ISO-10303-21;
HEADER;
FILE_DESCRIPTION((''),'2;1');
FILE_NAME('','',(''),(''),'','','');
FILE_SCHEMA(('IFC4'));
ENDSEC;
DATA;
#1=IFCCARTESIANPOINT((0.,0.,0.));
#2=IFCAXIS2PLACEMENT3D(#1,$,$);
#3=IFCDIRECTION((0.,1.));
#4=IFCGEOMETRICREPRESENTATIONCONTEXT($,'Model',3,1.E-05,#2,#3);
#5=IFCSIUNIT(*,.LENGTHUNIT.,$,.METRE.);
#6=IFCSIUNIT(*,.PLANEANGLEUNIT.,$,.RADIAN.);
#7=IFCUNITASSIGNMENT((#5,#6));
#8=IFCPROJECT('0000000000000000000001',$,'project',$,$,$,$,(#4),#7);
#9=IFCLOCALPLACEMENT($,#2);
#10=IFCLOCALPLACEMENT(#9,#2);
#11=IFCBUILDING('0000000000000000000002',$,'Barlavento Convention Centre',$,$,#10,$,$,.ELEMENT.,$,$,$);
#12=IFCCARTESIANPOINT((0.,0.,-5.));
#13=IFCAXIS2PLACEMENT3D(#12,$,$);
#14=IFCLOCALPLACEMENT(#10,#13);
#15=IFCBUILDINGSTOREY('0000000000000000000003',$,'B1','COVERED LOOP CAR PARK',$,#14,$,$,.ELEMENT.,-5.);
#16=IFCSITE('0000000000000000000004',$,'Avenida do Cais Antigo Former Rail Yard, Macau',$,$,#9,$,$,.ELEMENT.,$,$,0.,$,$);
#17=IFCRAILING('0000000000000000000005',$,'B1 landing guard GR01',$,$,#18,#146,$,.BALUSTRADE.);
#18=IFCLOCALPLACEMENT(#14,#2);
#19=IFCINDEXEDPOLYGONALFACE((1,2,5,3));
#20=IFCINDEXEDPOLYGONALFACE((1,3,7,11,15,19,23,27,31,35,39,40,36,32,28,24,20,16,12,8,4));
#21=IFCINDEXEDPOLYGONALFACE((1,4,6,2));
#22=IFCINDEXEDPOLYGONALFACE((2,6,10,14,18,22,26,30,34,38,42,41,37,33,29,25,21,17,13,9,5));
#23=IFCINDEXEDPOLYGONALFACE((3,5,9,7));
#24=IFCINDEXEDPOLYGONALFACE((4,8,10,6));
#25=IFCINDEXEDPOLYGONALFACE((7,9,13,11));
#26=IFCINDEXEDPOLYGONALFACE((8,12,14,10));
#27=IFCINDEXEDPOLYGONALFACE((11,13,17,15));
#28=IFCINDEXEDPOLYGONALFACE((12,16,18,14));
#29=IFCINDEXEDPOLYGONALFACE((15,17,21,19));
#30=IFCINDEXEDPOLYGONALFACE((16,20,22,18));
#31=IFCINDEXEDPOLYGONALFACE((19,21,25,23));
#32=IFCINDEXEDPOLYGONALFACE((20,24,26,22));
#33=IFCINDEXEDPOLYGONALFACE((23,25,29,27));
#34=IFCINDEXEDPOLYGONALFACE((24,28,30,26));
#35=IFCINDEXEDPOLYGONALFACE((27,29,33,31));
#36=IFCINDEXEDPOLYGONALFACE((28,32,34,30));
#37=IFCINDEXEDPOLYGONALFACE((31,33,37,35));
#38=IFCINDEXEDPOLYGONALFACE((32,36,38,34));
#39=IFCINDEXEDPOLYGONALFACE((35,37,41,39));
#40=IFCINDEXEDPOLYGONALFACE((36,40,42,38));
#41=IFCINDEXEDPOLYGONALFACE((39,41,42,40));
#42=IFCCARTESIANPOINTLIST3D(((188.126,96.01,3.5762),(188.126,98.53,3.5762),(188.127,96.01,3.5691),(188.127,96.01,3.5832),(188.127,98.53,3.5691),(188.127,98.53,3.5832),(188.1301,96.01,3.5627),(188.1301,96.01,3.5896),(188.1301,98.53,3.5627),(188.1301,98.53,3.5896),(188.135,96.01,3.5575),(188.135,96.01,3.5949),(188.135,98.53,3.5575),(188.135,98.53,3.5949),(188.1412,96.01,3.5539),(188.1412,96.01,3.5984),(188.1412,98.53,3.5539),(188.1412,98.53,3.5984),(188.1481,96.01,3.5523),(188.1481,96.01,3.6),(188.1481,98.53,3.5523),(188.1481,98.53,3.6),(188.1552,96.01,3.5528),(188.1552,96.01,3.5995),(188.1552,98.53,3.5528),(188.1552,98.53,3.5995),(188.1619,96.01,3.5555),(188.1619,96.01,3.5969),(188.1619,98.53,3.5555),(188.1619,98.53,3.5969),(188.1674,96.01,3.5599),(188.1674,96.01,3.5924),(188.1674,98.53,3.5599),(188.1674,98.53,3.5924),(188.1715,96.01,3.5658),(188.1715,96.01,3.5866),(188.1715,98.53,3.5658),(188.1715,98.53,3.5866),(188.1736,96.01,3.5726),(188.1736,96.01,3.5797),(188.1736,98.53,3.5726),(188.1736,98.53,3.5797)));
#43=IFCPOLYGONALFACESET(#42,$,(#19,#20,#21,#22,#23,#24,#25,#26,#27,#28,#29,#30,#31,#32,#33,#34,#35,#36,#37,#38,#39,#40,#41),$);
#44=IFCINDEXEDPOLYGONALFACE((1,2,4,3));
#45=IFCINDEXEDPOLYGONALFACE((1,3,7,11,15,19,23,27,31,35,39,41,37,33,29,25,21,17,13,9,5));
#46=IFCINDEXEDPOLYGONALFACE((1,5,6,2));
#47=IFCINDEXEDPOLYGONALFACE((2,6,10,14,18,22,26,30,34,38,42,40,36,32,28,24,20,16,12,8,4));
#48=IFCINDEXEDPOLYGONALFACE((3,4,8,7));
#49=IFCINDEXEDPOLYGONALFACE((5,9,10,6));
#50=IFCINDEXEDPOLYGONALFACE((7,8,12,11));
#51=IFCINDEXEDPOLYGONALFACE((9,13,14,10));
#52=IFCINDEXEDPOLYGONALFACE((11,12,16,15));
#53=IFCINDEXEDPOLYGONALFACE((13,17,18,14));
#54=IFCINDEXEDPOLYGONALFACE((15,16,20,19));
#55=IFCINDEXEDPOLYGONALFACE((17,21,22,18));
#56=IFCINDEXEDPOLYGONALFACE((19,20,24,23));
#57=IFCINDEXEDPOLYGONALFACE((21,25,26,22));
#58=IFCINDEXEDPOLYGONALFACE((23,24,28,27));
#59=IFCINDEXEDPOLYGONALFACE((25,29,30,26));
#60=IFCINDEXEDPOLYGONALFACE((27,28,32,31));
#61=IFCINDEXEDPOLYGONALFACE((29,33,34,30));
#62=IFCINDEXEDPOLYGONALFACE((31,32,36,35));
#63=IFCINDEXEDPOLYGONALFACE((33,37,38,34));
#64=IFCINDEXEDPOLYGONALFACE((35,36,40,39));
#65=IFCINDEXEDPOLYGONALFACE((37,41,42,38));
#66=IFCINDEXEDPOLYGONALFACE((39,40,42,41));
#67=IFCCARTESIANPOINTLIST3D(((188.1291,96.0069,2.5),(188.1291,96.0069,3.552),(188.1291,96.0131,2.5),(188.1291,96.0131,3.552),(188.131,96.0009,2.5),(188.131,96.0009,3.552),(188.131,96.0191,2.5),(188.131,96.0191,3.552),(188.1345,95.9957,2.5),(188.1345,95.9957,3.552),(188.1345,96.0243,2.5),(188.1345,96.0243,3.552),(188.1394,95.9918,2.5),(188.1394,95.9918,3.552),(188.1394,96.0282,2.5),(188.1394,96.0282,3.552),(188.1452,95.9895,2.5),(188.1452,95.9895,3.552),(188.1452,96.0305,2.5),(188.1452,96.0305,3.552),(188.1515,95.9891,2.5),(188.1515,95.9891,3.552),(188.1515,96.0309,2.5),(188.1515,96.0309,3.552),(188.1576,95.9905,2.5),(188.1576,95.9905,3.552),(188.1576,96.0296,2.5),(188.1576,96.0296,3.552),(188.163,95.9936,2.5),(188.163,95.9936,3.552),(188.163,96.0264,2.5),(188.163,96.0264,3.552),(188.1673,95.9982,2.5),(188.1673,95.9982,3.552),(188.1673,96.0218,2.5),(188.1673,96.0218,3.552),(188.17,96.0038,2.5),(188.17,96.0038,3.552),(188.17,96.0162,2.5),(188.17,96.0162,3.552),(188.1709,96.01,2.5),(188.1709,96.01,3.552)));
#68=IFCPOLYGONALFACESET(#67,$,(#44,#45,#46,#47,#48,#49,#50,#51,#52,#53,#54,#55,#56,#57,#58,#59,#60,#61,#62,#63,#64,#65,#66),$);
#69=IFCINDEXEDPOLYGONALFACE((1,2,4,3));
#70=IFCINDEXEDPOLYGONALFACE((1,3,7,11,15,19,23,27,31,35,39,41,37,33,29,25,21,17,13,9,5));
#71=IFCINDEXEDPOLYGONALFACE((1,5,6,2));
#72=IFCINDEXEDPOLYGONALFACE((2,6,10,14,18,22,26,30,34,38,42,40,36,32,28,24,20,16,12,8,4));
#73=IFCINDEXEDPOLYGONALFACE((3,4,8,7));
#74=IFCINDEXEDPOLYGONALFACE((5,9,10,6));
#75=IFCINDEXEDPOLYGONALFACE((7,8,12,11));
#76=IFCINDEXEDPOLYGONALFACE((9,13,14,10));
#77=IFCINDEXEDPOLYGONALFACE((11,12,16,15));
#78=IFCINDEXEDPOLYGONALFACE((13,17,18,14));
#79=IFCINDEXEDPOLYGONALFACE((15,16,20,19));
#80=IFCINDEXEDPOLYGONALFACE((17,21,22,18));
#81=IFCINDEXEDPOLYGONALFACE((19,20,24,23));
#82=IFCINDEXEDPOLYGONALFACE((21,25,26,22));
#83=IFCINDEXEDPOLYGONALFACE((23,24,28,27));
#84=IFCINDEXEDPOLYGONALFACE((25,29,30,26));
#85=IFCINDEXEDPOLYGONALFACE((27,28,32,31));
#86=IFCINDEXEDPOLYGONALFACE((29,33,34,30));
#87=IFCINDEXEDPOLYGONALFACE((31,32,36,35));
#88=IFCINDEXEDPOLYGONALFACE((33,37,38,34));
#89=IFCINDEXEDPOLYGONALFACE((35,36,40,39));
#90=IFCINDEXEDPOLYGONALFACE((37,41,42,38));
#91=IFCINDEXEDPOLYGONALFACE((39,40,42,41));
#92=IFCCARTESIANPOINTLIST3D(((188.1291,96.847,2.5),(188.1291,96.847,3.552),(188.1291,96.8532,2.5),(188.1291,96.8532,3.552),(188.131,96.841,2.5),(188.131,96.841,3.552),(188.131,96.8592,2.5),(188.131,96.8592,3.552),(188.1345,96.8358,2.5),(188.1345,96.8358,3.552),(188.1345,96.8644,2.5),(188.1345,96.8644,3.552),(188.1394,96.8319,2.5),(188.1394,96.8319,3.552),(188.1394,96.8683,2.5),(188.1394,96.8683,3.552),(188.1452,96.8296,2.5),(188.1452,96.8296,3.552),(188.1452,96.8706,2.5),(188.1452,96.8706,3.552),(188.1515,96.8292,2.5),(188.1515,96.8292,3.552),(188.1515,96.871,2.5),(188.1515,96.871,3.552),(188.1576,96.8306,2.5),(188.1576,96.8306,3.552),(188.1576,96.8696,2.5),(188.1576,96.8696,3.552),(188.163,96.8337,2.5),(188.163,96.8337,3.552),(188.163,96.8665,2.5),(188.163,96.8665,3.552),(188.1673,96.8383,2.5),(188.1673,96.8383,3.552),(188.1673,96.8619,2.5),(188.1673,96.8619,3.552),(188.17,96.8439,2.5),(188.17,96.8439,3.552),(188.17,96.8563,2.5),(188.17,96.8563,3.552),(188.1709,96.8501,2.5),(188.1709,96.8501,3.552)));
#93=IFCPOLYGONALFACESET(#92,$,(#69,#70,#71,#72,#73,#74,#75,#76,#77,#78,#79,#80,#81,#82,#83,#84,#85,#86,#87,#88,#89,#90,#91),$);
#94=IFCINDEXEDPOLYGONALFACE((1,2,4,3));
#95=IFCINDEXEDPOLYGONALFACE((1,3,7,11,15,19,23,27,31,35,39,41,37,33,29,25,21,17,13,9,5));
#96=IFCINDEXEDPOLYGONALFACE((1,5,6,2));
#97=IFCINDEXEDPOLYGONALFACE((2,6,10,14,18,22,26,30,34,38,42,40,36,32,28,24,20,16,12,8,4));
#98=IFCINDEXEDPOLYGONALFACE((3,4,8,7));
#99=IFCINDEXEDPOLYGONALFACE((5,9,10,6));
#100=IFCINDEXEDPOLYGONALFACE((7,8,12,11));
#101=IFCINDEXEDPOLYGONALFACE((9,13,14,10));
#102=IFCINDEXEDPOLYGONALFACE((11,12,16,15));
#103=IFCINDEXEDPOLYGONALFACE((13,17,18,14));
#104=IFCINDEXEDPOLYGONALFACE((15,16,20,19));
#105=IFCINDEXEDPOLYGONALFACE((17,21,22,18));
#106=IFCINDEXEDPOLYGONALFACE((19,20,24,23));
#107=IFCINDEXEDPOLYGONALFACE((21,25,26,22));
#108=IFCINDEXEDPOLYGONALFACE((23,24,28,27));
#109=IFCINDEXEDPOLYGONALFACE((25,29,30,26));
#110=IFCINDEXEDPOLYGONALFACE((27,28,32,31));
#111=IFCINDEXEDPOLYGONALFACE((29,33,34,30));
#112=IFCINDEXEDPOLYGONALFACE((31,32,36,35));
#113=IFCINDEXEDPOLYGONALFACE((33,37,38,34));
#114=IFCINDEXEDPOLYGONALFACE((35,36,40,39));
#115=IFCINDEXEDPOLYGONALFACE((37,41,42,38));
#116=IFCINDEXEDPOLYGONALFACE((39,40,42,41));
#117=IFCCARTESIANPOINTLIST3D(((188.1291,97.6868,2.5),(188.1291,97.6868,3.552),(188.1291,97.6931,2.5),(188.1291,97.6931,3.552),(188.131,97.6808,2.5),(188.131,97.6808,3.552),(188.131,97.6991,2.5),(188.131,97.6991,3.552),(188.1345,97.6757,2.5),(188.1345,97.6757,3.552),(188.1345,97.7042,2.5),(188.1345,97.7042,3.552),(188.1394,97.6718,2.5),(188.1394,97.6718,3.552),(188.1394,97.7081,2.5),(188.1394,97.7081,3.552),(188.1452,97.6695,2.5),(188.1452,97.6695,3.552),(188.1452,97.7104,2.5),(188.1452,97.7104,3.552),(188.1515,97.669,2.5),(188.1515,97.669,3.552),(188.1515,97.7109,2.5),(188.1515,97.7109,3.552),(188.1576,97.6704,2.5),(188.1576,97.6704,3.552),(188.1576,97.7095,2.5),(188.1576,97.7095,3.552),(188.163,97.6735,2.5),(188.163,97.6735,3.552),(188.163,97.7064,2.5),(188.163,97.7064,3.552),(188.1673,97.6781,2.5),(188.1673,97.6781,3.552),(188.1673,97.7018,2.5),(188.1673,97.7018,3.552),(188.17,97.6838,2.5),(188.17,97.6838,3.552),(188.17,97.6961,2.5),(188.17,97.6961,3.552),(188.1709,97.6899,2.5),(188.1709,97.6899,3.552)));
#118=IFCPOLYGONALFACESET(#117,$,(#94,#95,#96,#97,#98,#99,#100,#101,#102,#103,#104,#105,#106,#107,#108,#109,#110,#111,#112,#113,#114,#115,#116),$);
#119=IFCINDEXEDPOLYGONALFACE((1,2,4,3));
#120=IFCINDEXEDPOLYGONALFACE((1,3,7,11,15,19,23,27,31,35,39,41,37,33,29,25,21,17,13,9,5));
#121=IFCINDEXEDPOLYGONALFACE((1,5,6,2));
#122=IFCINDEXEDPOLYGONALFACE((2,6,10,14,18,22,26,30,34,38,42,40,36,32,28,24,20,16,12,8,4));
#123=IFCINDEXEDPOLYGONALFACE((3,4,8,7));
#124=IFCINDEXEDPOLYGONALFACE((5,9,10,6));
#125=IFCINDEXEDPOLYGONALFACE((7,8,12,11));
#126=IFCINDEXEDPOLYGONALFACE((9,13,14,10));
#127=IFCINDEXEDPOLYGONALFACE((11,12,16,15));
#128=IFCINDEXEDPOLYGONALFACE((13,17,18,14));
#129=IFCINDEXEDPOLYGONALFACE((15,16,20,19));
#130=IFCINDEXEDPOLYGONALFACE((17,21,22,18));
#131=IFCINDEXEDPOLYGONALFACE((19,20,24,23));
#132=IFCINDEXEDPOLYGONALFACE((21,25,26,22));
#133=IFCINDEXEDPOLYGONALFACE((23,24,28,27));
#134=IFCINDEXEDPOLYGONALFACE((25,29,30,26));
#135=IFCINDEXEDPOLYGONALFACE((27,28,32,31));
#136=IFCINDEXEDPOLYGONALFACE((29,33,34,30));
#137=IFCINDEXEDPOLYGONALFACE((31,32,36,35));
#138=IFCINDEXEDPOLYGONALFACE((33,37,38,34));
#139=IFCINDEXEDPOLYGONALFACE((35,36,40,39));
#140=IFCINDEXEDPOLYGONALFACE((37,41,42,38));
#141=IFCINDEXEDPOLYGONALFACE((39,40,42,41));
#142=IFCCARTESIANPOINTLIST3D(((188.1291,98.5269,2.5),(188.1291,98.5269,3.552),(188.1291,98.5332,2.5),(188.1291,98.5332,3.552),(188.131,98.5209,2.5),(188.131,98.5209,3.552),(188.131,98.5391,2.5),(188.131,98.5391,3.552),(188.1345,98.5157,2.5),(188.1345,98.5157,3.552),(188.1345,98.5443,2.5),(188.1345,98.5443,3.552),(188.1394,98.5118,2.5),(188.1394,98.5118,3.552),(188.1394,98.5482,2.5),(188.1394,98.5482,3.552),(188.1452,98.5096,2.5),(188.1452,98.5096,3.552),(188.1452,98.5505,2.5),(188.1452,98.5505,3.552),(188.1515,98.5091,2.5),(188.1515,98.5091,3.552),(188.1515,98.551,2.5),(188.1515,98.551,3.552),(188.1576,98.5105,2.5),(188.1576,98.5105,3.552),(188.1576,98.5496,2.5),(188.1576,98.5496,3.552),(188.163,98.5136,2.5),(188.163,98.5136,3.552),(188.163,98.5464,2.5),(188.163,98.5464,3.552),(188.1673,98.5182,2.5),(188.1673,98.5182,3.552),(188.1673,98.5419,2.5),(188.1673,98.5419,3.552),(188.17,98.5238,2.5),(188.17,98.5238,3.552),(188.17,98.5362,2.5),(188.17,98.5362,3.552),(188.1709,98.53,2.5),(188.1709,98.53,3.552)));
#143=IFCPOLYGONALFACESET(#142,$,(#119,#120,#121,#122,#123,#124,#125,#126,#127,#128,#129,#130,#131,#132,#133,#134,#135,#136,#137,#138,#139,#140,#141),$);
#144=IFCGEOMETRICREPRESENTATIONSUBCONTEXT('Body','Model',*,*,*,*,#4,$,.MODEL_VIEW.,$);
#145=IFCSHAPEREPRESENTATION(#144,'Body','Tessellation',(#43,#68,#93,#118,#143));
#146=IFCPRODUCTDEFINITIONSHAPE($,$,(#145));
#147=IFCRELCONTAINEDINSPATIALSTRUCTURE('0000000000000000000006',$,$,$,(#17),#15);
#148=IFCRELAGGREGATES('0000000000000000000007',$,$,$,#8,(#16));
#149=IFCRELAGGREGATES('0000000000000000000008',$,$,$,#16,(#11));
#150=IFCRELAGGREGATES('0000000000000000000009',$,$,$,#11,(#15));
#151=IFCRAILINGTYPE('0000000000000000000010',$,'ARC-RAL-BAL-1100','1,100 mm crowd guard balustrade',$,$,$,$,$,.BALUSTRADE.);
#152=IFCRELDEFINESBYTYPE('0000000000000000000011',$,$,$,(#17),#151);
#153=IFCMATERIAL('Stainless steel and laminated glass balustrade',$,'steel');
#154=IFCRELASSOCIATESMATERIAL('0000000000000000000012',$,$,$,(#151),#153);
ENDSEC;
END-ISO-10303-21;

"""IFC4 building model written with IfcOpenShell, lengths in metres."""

from ifc_helpers import new_model, si_unit, direction, frame, origin, origin_2d, place, context, subcontext, project, spatial, circle, extrude, material, type_object, element, save


model = new_model("IFC4")

# Units and contexts
model_context = context("Model", 3, precision=1e-05, world=origin(), true_north=direction((0.0, 1.0)))
body_context = subcontext(model_context, "Body", "Model", "MODEL_VIEW")
ifc_project = project(units=[si_unit("LENGTHUNIT", "METRE"), si_unit("PLANEANGLEUNIT", "RADIAN")], contexts=[model_context])

# Site, building, storey
site_placement = place(None, origin())
site = spatial("IfcSite", under=ifc_project, at=site_placement, Name="Avenida do Cais Antigo Former Rail Yard, Macau", CompositionType="ELEMENT", RefElevation=0.0)
building_placement = place(site_placement, origin())
building = spatial("IfcBuilding", under=site, at=building_placement, Name="Barlavento Convention Centre", CompositionType="ELEMENT")
storey_placement = place(building_placement, frame((0.0, 0.0, -5.0)))
storey = spatial("IfcBuildingStorey", under=building, at=storey_placement, Name="B1", Description="COVERED LOOP CAR PARK", CompositionType="ELEMENT", Elevation=-5.0)

# Railing
ifc_material_1 = material(Name="Stainless steel and laminated glass balustrade", Category="steel")
railing_type_1 = type_object("IfcRailingType", Name="ARC-RAL-BAL-1100", Description="1,100 mm crowd guard balustrade", PredefinedType="BALUSTRADE", material=ifc_material_1)
for number, where, name in (
    (1, (188.1499, 96.01, 2.5), "B1 landing guard GR01"),
):
    element("IfcRailing", number, at=place(storey_placement, frame(where)), inside=storey, type_object=railing_type_1, Name=name, PredefinedType="BALUSTRADE", context=body_context, shape_type="SweptSolid", body=[
        extrude(circle(Radius=0.0239, at=origin_2d()), frame((0.0, 0.0, 1.0762), z_axis=(0.0, 1.0, 0.0), x_axis=(-1.0, 0.0, 0.0)), (0.0, 0.0, 1.0), 2.52),
        extrude(circle(Radius=0.021, at=origin_2d()), origin(), (0.0, 0.0, 1.0), 1.052),
        extrude(circle(Radius=0.021, at=origin_2d()), frame((0.0, 0.8401, 0.0)), (0.0, 0.0, 1.0), 1.052),
        extrude(circle(Radius=0.021, at=origin_2d()), frame((0.0, 1.6799, 0.0)), (0.0, 0.0, 1.0), 1.052),
        extrude(circle(Radius=0.021, at=origin_2d()), frame((0.0, 2.52, 0.0)), (0.0, 0.0, 1.0), 1.052),
    ])

save(model, "model.ifc")
